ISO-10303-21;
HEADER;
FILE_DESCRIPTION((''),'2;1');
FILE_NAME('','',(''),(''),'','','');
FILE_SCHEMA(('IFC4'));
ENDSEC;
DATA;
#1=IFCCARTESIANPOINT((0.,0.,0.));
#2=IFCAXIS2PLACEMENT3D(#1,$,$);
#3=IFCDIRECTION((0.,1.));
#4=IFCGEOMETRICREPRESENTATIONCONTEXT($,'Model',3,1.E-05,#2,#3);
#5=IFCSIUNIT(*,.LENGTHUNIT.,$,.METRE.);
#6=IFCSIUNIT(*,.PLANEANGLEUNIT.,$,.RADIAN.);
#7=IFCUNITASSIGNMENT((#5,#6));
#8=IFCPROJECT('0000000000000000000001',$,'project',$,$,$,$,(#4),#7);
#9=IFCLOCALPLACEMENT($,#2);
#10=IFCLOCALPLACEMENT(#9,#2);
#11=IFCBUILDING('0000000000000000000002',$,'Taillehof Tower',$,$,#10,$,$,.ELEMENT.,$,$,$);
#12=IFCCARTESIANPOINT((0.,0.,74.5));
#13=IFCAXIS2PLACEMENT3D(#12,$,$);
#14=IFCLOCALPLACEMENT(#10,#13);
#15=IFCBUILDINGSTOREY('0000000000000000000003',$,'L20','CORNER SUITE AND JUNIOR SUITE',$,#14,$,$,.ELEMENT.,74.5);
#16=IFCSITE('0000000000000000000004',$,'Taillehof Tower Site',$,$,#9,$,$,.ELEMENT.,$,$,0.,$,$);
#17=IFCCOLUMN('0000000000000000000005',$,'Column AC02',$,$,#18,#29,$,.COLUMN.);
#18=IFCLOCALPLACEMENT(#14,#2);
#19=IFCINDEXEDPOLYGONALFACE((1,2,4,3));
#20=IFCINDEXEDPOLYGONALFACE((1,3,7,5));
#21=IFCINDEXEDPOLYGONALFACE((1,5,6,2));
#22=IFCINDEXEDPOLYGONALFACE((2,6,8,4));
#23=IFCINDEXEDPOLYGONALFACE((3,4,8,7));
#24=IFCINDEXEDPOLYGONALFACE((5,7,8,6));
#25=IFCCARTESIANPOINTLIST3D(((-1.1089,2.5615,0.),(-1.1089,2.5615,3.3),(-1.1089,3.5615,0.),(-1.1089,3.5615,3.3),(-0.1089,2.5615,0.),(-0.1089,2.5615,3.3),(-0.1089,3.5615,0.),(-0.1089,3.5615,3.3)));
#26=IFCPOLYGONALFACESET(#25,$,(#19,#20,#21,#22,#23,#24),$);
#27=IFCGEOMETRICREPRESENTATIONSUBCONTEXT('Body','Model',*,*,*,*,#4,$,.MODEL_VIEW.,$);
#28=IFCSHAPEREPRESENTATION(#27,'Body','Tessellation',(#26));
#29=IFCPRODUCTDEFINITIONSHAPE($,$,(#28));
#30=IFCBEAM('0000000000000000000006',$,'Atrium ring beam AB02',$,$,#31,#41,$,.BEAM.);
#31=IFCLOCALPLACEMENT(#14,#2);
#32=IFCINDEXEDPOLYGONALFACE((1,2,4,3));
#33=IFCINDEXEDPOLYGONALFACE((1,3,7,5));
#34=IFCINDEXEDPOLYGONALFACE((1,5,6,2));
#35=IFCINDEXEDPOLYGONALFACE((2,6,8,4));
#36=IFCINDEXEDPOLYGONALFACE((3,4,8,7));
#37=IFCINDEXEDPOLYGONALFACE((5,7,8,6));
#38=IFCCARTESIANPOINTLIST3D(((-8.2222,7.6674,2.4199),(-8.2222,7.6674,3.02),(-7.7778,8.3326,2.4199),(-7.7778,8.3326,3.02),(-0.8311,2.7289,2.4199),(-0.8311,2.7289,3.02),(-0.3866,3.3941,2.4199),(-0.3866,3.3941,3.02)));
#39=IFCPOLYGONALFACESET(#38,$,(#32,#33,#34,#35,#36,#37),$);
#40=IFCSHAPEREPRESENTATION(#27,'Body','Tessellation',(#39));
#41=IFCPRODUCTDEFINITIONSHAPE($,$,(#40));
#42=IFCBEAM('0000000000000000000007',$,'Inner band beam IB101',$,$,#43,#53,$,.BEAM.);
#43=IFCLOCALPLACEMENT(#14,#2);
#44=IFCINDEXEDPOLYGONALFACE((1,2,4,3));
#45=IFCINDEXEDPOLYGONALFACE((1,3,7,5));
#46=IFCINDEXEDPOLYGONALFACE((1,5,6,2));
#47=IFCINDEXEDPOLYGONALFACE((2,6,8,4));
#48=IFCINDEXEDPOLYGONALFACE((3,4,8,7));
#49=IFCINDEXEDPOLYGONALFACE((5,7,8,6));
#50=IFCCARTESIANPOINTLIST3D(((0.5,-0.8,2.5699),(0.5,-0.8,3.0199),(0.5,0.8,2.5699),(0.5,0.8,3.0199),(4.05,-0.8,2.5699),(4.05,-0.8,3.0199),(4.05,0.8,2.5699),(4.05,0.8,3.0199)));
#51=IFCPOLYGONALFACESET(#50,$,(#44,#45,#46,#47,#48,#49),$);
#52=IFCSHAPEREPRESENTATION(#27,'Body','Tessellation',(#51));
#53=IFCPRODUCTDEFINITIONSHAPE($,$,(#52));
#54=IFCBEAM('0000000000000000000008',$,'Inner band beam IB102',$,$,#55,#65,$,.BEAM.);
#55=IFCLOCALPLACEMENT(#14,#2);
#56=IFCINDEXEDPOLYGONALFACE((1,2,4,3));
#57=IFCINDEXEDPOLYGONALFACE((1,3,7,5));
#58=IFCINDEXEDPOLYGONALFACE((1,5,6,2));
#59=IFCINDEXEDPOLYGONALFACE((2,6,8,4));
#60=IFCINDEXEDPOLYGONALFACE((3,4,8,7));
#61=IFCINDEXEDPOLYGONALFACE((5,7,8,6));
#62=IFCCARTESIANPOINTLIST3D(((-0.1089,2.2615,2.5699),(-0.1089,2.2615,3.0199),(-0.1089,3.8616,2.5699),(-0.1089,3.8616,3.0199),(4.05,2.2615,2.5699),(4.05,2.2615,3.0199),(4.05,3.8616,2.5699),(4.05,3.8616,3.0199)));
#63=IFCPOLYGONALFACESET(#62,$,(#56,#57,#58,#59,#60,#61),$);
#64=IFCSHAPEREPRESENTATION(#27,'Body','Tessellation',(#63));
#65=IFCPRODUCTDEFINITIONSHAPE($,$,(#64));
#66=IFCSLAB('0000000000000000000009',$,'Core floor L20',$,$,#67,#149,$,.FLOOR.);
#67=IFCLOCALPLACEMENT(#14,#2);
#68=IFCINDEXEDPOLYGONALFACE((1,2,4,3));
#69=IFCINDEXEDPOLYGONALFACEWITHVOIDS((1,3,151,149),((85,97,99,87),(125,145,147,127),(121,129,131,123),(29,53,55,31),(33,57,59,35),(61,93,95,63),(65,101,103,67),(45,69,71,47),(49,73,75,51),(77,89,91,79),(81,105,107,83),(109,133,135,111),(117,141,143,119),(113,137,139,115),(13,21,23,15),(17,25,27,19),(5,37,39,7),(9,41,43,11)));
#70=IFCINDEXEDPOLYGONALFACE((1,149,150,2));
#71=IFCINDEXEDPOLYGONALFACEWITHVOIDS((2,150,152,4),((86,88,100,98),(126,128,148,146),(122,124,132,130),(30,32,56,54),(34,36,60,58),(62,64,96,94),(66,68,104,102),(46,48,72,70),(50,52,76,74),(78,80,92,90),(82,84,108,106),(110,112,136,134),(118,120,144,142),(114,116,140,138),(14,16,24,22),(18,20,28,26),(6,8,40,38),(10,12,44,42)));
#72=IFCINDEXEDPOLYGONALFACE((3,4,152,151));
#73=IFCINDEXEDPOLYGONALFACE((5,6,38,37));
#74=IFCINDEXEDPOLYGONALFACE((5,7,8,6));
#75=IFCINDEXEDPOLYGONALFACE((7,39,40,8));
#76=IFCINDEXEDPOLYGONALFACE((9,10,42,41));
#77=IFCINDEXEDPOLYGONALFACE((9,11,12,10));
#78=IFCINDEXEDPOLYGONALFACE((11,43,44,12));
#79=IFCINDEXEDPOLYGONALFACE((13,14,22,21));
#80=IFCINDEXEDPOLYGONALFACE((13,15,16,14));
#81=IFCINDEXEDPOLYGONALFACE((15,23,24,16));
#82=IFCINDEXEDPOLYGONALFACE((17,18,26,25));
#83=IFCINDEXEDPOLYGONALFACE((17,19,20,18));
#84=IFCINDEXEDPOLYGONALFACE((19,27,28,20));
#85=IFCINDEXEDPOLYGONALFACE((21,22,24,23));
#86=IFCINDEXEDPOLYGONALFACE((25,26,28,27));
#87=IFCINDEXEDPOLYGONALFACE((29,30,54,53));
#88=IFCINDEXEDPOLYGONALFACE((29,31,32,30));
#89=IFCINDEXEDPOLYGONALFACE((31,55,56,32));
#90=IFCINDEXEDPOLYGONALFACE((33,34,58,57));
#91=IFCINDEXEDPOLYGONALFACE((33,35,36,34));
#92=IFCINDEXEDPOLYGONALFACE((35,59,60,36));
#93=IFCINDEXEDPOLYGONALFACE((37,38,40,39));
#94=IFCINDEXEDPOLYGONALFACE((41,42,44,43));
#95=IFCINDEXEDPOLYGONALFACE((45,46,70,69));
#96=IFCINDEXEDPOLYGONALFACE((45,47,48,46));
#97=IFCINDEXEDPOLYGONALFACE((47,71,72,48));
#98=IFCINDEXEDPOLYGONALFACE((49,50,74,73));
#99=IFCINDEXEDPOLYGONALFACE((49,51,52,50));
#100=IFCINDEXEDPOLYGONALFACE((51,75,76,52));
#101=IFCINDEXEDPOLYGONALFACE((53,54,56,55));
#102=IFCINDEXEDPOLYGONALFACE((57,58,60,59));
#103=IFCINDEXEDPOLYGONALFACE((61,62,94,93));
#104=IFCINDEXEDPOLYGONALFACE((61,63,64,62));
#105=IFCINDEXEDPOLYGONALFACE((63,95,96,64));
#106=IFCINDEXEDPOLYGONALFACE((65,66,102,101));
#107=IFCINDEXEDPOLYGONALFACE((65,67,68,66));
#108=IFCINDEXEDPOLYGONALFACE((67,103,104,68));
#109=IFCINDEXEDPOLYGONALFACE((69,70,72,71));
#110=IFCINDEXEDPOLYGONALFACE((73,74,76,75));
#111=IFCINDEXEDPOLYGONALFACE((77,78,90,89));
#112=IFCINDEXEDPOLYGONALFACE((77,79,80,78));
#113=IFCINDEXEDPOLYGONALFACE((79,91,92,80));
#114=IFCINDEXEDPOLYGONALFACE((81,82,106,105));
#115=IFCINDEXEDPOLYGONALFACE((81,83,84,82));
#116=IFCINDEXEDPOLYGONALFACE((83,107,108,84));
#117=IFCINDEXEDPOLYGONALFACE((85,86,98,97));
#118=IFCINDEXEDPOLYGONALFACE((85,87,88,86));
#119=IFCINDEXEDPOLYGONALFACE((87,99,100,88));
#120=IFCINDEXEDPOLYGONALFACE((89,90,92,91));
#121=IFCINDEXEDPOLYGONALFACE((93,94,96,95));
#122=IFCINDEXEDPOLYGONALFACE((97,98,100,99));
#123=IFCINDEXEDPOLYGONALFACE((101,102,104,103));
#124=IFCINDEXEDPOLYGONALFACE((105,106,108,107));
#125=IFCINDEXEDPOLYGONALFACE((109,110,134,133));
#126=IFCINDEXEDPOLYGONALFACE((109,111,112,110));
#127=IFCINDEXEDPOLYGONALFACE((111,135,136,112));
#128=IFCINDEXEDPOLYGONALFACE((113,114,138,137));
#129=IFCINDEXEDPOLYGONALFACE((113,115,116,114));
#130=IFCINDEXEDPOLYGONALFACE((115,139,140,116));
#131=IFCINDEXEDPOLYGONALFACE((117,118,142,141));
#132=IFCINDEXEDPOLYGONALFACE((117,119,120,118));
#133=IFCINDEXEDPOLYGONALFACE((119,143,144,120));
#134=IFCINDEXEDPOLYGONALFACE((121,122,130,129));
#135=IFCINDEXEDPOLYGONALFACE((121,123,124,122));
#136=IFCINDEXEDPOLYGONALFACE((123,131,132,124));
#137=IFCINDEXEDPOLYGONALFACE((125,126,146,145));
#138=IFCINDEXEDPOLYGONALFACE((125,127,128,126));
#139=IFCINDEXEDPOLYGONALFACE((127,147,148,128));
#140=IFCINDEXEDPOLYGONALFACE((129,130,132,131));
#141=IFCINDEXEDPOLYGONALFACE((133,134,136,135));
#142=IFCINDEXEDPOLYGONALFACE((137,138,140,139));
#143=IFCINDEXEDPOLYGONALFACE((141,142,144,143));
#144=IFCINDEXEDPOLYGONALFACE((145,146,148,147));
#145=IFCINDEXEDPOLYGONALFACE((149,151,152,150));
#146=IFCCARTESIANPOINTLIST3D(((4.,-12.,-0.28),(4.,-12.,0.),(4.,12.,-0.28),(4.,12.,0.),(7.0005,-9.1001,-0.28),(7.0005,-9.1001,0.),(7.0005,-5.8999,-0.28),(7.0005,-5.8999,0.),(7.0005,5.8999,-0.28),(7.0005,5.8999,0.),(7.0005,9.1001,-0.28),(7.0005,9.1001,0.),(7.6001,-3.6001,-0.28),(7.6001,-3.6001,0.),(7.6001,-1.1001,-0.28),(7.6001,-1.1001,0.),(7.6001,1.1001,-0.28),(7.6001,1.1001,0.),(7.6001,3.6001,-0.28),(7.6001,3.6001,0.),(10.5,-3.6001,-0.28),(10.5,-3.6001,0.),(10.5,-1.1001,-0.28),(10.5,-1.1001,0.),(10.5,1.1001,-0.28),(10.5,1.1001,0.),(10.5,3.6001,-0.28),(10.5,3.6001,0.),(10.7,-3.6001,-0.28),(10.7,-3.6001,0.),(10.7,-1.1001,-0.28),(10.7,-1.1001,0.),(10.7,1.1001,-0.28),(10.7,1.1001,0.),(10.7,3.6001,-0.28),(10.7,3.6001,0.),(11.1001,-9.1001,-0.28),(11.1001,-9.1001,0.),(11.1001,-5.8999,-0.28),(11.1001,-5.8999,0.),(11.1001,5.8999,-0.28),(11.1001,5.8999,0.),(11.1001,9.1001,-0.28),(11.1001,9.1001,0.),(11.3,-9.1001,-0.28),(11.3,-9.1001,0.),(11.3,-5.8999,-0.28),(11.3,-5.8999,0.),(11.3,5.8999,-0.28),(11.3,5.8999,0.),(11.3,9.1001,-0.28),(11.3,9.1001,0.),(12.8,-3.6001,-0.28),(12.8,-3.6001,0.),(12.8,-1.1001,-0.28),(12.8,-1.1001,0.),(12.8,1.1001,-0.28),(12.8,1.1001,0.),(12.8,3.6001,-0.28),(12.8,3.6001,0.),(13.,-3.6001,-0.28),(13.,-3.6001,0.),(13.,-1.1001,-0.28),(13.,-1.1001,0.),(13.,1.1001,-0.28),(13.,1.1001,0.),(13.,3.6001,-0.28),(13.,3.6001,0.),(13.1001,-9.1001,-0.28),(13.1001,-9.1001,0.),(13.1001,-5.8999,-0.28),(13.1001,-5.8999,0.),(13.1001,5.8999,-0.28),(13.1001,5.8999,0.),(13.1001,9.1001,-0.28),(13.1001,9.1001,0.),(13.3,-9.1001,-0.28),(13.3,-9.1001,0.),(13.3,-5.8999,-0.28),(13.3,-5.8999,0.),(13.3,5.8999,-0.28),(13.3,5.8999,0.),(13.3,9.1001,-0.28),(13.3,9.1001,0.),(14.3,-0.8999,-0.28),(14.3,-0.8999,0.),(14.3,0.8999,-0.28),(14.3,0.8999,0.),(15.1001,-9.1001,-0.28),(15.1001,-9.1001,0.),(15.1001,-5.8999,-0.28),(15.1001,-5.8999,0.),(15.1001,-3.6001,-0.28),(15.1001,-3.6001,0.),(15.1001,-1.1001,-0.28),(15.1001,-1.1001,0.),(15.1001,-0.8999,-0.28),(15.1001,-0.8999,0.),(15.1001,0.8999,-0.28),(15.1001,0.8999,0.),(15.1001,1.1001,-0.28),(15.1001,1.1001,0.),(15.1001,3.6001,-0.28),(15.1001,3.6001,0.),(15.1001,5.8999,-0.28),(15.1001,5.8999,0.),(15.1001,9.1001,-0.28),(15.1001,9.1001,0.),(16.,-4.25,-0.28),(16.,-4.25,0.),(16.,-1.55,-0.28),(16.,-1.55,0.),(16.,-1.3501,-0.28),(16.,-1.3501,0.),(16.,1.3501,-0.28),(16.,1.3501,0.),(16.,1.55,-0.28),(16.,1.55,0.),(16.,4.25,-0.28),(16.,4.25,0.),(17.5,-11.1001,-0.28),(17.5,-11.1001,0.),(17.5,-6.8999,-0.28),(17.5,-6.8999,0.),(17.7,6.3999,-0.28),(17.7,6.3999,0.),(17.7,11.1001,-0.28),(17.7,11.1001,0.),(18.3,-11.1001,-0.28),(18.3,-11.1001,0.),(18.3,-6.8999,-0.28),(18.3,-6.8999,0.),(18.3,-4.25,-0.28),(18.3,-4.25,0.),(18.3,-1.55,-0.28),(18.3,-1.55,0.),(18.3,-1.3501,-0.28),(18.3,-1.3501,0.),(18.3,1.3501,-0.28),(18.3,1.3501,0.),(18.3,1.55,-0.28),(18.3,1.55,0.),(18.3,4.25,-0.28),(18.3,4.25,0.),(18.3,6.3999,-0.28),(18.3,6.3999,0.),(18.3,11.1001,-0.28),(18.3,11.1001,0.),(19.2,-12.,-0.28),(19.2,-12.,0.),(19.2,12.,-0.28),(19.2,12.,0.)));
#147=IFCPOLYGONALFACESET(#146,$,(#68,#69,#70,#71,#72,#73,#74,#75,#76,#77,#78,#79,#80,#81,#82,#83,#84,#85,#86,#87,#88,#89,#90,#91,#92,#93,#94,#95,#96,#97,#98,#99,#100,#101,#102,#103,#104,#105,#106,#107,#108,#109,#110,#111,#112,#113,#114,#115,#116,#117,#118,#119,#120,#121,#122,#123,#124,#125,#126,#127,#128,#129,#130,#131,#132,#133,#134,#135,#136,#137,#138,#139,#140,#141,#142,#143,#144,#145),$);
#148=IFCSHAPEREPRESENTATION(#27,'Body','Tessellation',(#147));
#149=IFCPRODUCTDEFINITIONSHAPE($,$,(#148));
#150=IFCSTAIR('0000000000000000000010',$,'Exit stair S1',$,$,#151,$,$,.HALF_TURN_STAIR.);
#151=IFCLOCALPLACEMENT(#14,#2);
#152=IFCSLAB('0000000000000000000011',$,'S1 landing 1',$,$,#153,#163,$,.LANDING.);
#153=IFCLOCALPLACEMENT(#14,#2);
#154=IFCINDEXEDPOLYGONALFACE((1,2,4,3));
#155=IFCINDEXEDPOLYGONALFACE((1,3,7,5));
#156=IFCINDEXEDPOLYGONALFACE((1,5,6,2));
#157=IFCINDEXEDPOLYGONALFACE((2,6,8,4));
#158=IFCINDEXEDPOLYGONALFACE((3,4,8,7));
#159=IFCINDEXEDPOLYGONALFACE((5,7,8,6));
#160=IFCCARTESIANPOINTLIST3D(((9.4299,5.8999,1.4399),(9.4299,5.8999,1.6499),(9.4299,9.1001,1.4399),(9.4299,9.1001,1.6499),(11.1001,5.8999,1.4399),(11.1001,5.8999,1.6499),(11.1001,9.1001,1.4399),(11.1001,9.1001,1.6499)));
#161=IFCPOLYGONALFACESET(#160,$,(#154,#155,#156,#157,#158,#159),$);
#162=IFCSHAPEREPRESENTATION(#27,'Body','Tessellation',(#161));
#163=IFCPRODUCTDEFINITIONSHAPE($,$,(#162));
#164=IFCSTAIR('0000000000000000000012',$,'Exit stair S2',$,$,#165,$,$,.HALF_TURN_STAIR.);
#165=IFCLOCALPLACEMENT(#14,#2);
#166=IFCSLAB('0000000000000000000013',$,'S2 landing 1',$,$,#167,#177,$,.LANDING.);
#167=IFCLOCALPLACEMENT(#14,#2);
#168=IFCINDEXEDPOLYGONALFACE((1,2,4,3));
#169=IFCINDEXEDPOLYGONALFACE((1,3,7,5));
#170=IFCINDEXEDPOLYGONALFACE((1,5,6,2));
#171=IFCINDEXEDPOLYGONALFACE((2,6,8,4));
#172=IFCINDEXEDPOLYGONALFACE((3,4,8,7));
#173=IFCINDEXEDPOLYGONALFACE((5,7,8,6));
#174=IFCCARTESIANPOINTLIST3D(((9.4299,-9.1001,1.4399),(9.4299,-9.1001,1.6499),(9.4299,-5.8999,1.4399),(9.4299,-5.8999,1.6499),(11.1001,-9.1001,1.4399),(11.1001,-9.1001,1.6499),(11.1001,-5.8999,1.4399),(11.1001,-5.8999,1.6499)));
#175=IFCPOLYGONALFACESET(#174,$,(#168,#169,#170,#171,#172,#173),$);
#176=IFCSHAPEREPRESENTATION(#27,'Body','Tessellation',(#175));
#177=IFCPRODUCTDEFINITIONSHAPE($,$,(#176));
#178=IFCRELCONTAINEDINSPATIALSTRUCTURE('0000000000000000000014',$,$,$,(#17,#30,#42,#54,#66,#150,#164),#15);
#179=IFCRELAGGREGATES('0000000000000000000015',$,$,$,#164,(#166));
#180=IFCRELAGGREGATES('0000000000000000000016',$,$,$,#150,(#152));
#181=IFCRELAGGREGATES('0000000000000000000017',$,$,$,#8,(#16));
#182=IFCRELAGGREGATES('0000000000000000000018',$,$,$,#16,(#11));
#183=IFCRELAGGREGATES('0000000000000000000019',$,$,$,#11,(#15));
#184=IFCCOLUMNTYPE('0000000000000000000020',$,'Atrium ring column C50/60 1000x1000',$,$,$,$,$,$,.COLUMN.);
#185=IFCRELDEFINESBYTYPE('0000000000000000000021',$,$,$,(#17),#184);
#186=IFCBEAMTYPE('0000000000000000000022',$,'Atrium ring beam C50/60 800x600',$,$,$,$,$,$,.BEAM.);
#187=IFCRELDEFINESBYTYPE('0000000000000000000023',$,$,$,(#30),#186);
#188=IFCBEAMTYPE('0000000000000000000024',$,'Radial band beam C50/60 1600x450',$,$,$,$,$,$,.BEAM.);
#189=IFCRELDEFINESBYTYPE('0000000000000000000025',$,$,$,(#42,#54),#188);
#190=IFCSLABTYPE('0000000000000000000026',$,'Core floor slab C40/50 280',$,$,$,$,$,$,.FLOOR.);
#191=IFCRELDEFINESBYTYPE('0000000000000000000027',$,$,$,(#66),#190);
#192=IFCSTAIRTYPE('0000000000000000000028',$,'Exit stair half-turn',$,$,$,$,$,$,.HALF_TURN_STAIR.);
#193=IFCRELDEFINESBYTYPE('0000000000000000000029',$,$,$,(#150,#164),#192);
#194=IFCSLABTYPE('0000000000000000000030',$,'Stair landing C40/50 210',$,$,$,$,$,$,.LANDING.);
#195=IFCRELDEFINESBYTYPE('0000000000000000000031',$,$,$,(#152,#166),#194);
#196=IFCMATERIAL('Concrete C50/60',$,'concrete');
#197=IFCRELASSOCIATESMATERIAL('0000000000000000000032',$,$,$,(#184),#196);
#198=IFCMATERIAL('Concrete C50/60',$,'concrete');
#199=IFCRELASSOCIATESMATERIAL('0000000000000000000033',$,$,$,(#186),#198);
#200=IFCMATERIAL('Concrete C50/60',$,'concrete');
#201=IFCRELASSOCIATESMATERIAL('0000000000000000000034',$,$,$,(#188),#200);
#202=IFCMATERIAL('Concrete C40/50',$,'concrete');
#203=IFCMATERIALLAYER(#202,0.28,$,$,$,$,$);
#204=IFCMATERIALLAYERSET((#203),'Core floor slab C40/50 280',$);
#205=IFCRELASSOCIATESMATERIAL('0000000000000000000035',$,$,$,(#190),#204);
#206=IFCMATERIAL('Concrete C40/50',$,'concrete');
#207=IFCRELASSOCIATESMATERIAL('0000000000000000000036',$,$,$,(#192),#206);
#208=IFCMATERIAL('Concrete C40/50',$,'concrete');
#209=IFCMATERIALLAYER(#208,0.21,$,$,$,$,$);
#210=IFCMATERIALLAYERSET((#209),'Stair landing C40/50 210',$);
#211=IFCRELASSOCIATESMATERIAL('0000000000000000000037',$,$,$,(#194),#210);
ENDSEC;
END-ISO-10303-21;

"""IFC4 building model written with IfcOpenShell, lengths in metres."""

from ifc_helpers import new_model, si_unit, direction, frame, origin, origin_2d, place, context, subcontext, project, spatial, polyline, rectangle, outline, extrude, material, layer, layer_set, material_profile, profile_set, type_object, element, aggregate, save


model = new_model("IFC4")

# Units and contexts
model_context = context("Model", 3, precision=1e-05, world=origin(), true_north=direction((0.0, 1.0)))
body_context = subcontext(model_context, "Body", "Model", "MODEL_VIEW")
ifc_project = project(units=[si_unit("LENGTHUNIT", "METRE"), si_unit("PLANEANGLEUNIT", "RADIAN")], contexts=[model_context])

# Site, building, storey
site_placement = place(None, origin())
site = spatial("IfcSite", under=ifc_project, at=site_placement, Name="Taillehof Tower Site", CompositionType="ELEMENT", RefElevation=0.0)
building_placement = place(site_placement, origin())
building = spatial("IfcBuilding", under=site, at=building_placement, Name="Taillehof Tower", CompositionType="ELEMENT")
storey_placement = place(building_placement, frame((0.0, 0.0, 74.5)))
storey = spatial("IfcBuildingStorey", under=building, at=storey_placement, Name="L20", Description="CORNER SUITE AND JUNIOR SUITE", CompositionType="ELEMENT", Elevation=74.5)

# Column
ifc_material_1 = material(Name="Concrete C50/60", Category="concrete")
ifc_material_profile_1 = material_profile(ifc_material_1, rectangle(XDim=1.0, YDim=1.0, at=origin_2d()), Name="RC 1000x1000")
ifc_profile_set_1 = profile_set([ifc_material_profile_1], Name="Concrete C50/60")
column_type = type_object("IfcColumnType", Name="Atrium ring column C50/60 1000x1000", PredefinedType="COLUMN", material=ifc_profile_set_1)
column_placement = place(storey_placement, frame((-0.6089, 3.0615, 0.0), z_axis=(0.0, 0.0, 1.0), x_axis=(1.0, 0.0, 0.0)))
element("IfcColumn", 1, at=column_placement, inside=storey, type_object=column_type, Name="Column AC02", PredefinedType="COLUMN", context=body_context, shape_type="SweptSolid", body=[
    extrude(rectangle(XDim=1.0, YDim=1.0, at=origin_2d()), origin(), (0.0, 0.0, 1.0), 3.3),
])

# Beams
ifc_material_2 = material(Name="Concrete C50/60", Category="concrete")
ifc_material_profile_2 = material_profile(ifc_material_2, rectangle(XDim=0.8, YDim=0.6001, at=origin_2d()), Name="RC 800x600")
ifc_profile_set_2 = profile_set([ifc_material_profile_2], Name="Concrete C50/60")
beam_type_1 = type_object("IfcBeamType", Name="Atrium ring beam C50/60 800x600", PredefinedType="BEAM", material=ifc_profile_set_2)
beam_1_placement = place(storey_placement, frame((-0.6089, 3.0615, 2.72), z_axis=(-0.831475, 0.555562, 0.0), x_axis=(-0.555562, -0.831475, 0.0)))
element("IfcBeam", 2, at=beam_1_placement, inside=storey, type_object=beam_type_1, Name="Atrium ring beam AB02", PredefinedType="BEAM", context=body_context, shape_type="SweptSolid", body=[
    extrude(rectangle(XDim=0.8, YDim=0.6001, at=origin_2d()), origin(), (0.0, 0.0, 1.0), 8.8892),
])
ifc_material_3 = material(Name="Concrete C50/60", Category="concrete")
ifc_material_profile_3 = material_profile(ifc_material_3, rectangle(XDim=1.6001, YDim=0.45, at=origin_2d()), Name="RC 1600x450")
ifc_profile_set_3 = profile_set([ifc_material_profile_3], Name="Concrete C50/60")
beam_type_2 = type_object("IfcBeamType", Name="Radial band beam C50/60 1600x450", PredefinedType="BEAM", material=ifc_profile_set_3)
beam_2_placement = place(storey_placement, frame((0.5, 0.0, 2.7949), z_axis=(1.0, 0.0, 0.0), x_axis=(0.0, 1.0, 0.0)))
element("IfcBeam", 3, at=beam_2_placement, inside=storey, type_object=beam_type_2, Name="Inner band beam IB101", PredefinedType="BEAM", context=body_context, shape_type="SweptSolid", body=[
    extrude(rectangle(XDim=1.6001, YDim=0.45, at=origin_2d()), origin(), (0.0, 0.0, 1.0), 3.55),
])
beam_3_placement = place(storey_placement, frame((-0.1089, 3.0615, 2.7949), z_axis=(1.0, 0.0, 0.0), x_axis=(0.0, 1.0, 0.0)))
element("IfcBeam", 4, at=beam_3_placement, inside=storey, type_object=beam_type_2, Name="Inner band beam IB102", PredefinedType="BEAM", context=body_context, shape_type="SweptSolid", body=[
    extrude(rectangle(XDim=1.6001, YDim=0.45, at=origin_2d()), origin(), (0.0, 0.0, 1.0), 4.1589),
])

# Slab
ifc_material_4 = material(Name="Concrete C40/50", Category="concrete")
ifc_layer_1 = layer(ifc_material_4, 0.28)
ifc_layer_set_1 = layer_set([ifc_layer_1], Name="Core floor slab C40/50 280")
slab_type_1 = type_object("IfcSlabType", Name="Core floor slab C40/50 280", PredefinedType="FLOOR", material=ifc_layer_set_1)
slab_1_placement = place(storey_placement, frame((0.0, 0.0, -0.28)))
element("IfcSlab", 5, at=slab_1_placement, inside=storey, type_object=slab_type_1, Name="Core floor L20", PredefinedType="FLOOR", context=body_context, shape_type="SweptSolid", body=[
    extrude(outline(polyline([(4.0, -12.0), (4.0, 12.0), (19.2, 12.0), (19.2, -12.0), (4.0, -12.0)]), holes=[polyline([(7.0005, -9.1001), (11.1001, -9.1001), (11.1001, -5.8999), (7.0005, -5.8999), (7.0005, -9.1001)]), polyline([(13.1001, -9.1001), (13.1001, -5.8999), (11.3, -5.8999), (11.3, -9.1001), (13.1001, -9.1001)]), polyline([(10.5, -3.6001), (10.5, -1.1001), (7.6001, -1.1001), (7.6001, -3.6001), (10.5, -3.6001)]), polyline([(12.8, -3.6001), (12.8, -1.1001), (10.7, -1.1001), (10.7, -3.6001), (12.8, -3.6001)]), polyline([(10.5, 1.1001), (10.5, 3.6001), (7.6001, 3.6001), (7.6001, 1.1001), (10.5, 1.1001)]), polyline([(12.8, 1.1001), (12.8, 3.6001), (10.7, 3.6001), (10.7, 1.1001), (12.8, 1.1001)]), polyline([(15.1001, 1.1001), (15.1001, 3.6001), (13.0, 3.6001), (13.0, 1.1001), (15.1001, 1.1001)]), polyline([(11.3, 5.8999), (13.1001, 5.8999), (13.1001, 9.1001), (11.3, 9.1001), (11.3, 5.8999)]), polyline([(7.0005, 5.8999), (11.1001, 5.8999), (11.1001, 9.1001), (7.0005, 9.1001), (7.0005, 5.8999)]), polyline([(18.3, -11.1001), (18.3, -6.8999), (17.5, -6.8999), (17.5, -11.1001), (18.3, -11.1001)]), polyline([(15.1001, -9.1001), (15.1001, -5.8999), (13.3, -5.8999), (13.3, -9.1001), (15.1001, -9.1001)]), polyline([(18.3, -4.25), (18.3, -1.55), (16.0, -1.55), (16.0, -4.25), (18.3, -4.25)]), polyline([(15.1001, -3.6001), (15.1001, -1.1001), (13.0, -1.1001), (13.0, -3.6001), (15.1001, -3.6001)]), polyline([(15.1001, -0.8999), (15.1001, 0.8999), (14.3, 0.8999), (14.3, -0.8999), (15.1001, -0.8999)]), polyline([(18.3, -1.3501), (18.3, 1.3501), (16.0, 1.3501), (16.0, -1.3501), (18.3, -1.3501)]), polyline([(18.3, 1.55), (18.3, 4.25), (16.0, 4.25), (16.0, 1.55), (18.3, 1.55)]), polyline([(13.3, 5.8999), (15.1001, 5.8999), (15.1001, 9.1001), (13.3, 9.1001), (13.3, 5.8999)]), polyline([(17.7, 6.3999), (18.3, 6.3999), (18.3, 11.1001), (17.7, 11.1001), (17.7, 6.3999)])]), origin(), (0.0, 0.0, 1.0), 0.28),
])

# Stairs, slabs
ifc_material_5 = material(Name="Concrete C40/50", Category="concrete")
stair_type = type_object("IfcStairType", Name="Exit stair half-turn", PredefinedType="HALF_TURN_STAIR", material=ifc_material_5)
stair_1_placement = place(storey_placement, origin())
stair_1 = element("IfcStair", 6, at=stair_1_placement, inside=storey, type_object=stair_type, Name="Exit stair S1", PredefinedType="HALF_TURN_STAIR")
ifc_material_6 = material(Name="Concrete C40/50", Category="concrete")
ifc_layer_2 = layer(ifc_material_6, 0.21)
ifc_layer_set_2 = layer_set([ifc_layer_2], Name="Stair landing C40/50 210")
slab_type_2 = type_object("IfcSlabType", Name="Stair landing C40/50 210", PredefinedType="LANDING", material=ifc_layer_set_2)
slab_2_placement = place(storey_placement, frame((0.0, 0.0, 1.4399)))
slab_2 = element("IfcSlab", 7, at=slab_2_placement, type_object=slab_type_2, Name="S1 landing 1", PredefinedType="LANDING", context=body_context, shape_type="SweptSolid", body=[
    extrude(outline(polyline([(9.4299, 5.8999), (11.1001, 5.8999), (11.1001, 9.1001), (9.4299, 9.1001), (9.4299, 5.8999)])), origin(), (0.0, 0.0, 1.0), 0.21),
])
stair_2_placement = place(storey_placement, origin())
stair_2 = element("IfcStair", 8, at=stair_2_placement, inside=storey, type_object=stair_type, Name="Exit stair S2", PredefinedType="HALF_TURN_STAIR")
slab_3_placement = place(storey_placement, frame((0.0, 0.0, 1.4399)))
slab_3 = element("IfcSlab", 9, at=slab_3_placement, type_object=slab_type_2, Name="S2 landing 1", PredefinedType="LANDING", context=body_context, shape_type="SweptSolid", body=[
    extrude(outline(polyline([(9.4299, -5.8999), (11.1001, -5.8999), (11.1001, -9.1001), (9.4299, -9.1001), (9.4299, -5.8999)])), origin(), (0.0, 0.0, 1.0), 0.21),
])
aggregate(stair_2, [slab_3])

aggregate(stair_1, [slab_2])

save(model, "model.ifc")
